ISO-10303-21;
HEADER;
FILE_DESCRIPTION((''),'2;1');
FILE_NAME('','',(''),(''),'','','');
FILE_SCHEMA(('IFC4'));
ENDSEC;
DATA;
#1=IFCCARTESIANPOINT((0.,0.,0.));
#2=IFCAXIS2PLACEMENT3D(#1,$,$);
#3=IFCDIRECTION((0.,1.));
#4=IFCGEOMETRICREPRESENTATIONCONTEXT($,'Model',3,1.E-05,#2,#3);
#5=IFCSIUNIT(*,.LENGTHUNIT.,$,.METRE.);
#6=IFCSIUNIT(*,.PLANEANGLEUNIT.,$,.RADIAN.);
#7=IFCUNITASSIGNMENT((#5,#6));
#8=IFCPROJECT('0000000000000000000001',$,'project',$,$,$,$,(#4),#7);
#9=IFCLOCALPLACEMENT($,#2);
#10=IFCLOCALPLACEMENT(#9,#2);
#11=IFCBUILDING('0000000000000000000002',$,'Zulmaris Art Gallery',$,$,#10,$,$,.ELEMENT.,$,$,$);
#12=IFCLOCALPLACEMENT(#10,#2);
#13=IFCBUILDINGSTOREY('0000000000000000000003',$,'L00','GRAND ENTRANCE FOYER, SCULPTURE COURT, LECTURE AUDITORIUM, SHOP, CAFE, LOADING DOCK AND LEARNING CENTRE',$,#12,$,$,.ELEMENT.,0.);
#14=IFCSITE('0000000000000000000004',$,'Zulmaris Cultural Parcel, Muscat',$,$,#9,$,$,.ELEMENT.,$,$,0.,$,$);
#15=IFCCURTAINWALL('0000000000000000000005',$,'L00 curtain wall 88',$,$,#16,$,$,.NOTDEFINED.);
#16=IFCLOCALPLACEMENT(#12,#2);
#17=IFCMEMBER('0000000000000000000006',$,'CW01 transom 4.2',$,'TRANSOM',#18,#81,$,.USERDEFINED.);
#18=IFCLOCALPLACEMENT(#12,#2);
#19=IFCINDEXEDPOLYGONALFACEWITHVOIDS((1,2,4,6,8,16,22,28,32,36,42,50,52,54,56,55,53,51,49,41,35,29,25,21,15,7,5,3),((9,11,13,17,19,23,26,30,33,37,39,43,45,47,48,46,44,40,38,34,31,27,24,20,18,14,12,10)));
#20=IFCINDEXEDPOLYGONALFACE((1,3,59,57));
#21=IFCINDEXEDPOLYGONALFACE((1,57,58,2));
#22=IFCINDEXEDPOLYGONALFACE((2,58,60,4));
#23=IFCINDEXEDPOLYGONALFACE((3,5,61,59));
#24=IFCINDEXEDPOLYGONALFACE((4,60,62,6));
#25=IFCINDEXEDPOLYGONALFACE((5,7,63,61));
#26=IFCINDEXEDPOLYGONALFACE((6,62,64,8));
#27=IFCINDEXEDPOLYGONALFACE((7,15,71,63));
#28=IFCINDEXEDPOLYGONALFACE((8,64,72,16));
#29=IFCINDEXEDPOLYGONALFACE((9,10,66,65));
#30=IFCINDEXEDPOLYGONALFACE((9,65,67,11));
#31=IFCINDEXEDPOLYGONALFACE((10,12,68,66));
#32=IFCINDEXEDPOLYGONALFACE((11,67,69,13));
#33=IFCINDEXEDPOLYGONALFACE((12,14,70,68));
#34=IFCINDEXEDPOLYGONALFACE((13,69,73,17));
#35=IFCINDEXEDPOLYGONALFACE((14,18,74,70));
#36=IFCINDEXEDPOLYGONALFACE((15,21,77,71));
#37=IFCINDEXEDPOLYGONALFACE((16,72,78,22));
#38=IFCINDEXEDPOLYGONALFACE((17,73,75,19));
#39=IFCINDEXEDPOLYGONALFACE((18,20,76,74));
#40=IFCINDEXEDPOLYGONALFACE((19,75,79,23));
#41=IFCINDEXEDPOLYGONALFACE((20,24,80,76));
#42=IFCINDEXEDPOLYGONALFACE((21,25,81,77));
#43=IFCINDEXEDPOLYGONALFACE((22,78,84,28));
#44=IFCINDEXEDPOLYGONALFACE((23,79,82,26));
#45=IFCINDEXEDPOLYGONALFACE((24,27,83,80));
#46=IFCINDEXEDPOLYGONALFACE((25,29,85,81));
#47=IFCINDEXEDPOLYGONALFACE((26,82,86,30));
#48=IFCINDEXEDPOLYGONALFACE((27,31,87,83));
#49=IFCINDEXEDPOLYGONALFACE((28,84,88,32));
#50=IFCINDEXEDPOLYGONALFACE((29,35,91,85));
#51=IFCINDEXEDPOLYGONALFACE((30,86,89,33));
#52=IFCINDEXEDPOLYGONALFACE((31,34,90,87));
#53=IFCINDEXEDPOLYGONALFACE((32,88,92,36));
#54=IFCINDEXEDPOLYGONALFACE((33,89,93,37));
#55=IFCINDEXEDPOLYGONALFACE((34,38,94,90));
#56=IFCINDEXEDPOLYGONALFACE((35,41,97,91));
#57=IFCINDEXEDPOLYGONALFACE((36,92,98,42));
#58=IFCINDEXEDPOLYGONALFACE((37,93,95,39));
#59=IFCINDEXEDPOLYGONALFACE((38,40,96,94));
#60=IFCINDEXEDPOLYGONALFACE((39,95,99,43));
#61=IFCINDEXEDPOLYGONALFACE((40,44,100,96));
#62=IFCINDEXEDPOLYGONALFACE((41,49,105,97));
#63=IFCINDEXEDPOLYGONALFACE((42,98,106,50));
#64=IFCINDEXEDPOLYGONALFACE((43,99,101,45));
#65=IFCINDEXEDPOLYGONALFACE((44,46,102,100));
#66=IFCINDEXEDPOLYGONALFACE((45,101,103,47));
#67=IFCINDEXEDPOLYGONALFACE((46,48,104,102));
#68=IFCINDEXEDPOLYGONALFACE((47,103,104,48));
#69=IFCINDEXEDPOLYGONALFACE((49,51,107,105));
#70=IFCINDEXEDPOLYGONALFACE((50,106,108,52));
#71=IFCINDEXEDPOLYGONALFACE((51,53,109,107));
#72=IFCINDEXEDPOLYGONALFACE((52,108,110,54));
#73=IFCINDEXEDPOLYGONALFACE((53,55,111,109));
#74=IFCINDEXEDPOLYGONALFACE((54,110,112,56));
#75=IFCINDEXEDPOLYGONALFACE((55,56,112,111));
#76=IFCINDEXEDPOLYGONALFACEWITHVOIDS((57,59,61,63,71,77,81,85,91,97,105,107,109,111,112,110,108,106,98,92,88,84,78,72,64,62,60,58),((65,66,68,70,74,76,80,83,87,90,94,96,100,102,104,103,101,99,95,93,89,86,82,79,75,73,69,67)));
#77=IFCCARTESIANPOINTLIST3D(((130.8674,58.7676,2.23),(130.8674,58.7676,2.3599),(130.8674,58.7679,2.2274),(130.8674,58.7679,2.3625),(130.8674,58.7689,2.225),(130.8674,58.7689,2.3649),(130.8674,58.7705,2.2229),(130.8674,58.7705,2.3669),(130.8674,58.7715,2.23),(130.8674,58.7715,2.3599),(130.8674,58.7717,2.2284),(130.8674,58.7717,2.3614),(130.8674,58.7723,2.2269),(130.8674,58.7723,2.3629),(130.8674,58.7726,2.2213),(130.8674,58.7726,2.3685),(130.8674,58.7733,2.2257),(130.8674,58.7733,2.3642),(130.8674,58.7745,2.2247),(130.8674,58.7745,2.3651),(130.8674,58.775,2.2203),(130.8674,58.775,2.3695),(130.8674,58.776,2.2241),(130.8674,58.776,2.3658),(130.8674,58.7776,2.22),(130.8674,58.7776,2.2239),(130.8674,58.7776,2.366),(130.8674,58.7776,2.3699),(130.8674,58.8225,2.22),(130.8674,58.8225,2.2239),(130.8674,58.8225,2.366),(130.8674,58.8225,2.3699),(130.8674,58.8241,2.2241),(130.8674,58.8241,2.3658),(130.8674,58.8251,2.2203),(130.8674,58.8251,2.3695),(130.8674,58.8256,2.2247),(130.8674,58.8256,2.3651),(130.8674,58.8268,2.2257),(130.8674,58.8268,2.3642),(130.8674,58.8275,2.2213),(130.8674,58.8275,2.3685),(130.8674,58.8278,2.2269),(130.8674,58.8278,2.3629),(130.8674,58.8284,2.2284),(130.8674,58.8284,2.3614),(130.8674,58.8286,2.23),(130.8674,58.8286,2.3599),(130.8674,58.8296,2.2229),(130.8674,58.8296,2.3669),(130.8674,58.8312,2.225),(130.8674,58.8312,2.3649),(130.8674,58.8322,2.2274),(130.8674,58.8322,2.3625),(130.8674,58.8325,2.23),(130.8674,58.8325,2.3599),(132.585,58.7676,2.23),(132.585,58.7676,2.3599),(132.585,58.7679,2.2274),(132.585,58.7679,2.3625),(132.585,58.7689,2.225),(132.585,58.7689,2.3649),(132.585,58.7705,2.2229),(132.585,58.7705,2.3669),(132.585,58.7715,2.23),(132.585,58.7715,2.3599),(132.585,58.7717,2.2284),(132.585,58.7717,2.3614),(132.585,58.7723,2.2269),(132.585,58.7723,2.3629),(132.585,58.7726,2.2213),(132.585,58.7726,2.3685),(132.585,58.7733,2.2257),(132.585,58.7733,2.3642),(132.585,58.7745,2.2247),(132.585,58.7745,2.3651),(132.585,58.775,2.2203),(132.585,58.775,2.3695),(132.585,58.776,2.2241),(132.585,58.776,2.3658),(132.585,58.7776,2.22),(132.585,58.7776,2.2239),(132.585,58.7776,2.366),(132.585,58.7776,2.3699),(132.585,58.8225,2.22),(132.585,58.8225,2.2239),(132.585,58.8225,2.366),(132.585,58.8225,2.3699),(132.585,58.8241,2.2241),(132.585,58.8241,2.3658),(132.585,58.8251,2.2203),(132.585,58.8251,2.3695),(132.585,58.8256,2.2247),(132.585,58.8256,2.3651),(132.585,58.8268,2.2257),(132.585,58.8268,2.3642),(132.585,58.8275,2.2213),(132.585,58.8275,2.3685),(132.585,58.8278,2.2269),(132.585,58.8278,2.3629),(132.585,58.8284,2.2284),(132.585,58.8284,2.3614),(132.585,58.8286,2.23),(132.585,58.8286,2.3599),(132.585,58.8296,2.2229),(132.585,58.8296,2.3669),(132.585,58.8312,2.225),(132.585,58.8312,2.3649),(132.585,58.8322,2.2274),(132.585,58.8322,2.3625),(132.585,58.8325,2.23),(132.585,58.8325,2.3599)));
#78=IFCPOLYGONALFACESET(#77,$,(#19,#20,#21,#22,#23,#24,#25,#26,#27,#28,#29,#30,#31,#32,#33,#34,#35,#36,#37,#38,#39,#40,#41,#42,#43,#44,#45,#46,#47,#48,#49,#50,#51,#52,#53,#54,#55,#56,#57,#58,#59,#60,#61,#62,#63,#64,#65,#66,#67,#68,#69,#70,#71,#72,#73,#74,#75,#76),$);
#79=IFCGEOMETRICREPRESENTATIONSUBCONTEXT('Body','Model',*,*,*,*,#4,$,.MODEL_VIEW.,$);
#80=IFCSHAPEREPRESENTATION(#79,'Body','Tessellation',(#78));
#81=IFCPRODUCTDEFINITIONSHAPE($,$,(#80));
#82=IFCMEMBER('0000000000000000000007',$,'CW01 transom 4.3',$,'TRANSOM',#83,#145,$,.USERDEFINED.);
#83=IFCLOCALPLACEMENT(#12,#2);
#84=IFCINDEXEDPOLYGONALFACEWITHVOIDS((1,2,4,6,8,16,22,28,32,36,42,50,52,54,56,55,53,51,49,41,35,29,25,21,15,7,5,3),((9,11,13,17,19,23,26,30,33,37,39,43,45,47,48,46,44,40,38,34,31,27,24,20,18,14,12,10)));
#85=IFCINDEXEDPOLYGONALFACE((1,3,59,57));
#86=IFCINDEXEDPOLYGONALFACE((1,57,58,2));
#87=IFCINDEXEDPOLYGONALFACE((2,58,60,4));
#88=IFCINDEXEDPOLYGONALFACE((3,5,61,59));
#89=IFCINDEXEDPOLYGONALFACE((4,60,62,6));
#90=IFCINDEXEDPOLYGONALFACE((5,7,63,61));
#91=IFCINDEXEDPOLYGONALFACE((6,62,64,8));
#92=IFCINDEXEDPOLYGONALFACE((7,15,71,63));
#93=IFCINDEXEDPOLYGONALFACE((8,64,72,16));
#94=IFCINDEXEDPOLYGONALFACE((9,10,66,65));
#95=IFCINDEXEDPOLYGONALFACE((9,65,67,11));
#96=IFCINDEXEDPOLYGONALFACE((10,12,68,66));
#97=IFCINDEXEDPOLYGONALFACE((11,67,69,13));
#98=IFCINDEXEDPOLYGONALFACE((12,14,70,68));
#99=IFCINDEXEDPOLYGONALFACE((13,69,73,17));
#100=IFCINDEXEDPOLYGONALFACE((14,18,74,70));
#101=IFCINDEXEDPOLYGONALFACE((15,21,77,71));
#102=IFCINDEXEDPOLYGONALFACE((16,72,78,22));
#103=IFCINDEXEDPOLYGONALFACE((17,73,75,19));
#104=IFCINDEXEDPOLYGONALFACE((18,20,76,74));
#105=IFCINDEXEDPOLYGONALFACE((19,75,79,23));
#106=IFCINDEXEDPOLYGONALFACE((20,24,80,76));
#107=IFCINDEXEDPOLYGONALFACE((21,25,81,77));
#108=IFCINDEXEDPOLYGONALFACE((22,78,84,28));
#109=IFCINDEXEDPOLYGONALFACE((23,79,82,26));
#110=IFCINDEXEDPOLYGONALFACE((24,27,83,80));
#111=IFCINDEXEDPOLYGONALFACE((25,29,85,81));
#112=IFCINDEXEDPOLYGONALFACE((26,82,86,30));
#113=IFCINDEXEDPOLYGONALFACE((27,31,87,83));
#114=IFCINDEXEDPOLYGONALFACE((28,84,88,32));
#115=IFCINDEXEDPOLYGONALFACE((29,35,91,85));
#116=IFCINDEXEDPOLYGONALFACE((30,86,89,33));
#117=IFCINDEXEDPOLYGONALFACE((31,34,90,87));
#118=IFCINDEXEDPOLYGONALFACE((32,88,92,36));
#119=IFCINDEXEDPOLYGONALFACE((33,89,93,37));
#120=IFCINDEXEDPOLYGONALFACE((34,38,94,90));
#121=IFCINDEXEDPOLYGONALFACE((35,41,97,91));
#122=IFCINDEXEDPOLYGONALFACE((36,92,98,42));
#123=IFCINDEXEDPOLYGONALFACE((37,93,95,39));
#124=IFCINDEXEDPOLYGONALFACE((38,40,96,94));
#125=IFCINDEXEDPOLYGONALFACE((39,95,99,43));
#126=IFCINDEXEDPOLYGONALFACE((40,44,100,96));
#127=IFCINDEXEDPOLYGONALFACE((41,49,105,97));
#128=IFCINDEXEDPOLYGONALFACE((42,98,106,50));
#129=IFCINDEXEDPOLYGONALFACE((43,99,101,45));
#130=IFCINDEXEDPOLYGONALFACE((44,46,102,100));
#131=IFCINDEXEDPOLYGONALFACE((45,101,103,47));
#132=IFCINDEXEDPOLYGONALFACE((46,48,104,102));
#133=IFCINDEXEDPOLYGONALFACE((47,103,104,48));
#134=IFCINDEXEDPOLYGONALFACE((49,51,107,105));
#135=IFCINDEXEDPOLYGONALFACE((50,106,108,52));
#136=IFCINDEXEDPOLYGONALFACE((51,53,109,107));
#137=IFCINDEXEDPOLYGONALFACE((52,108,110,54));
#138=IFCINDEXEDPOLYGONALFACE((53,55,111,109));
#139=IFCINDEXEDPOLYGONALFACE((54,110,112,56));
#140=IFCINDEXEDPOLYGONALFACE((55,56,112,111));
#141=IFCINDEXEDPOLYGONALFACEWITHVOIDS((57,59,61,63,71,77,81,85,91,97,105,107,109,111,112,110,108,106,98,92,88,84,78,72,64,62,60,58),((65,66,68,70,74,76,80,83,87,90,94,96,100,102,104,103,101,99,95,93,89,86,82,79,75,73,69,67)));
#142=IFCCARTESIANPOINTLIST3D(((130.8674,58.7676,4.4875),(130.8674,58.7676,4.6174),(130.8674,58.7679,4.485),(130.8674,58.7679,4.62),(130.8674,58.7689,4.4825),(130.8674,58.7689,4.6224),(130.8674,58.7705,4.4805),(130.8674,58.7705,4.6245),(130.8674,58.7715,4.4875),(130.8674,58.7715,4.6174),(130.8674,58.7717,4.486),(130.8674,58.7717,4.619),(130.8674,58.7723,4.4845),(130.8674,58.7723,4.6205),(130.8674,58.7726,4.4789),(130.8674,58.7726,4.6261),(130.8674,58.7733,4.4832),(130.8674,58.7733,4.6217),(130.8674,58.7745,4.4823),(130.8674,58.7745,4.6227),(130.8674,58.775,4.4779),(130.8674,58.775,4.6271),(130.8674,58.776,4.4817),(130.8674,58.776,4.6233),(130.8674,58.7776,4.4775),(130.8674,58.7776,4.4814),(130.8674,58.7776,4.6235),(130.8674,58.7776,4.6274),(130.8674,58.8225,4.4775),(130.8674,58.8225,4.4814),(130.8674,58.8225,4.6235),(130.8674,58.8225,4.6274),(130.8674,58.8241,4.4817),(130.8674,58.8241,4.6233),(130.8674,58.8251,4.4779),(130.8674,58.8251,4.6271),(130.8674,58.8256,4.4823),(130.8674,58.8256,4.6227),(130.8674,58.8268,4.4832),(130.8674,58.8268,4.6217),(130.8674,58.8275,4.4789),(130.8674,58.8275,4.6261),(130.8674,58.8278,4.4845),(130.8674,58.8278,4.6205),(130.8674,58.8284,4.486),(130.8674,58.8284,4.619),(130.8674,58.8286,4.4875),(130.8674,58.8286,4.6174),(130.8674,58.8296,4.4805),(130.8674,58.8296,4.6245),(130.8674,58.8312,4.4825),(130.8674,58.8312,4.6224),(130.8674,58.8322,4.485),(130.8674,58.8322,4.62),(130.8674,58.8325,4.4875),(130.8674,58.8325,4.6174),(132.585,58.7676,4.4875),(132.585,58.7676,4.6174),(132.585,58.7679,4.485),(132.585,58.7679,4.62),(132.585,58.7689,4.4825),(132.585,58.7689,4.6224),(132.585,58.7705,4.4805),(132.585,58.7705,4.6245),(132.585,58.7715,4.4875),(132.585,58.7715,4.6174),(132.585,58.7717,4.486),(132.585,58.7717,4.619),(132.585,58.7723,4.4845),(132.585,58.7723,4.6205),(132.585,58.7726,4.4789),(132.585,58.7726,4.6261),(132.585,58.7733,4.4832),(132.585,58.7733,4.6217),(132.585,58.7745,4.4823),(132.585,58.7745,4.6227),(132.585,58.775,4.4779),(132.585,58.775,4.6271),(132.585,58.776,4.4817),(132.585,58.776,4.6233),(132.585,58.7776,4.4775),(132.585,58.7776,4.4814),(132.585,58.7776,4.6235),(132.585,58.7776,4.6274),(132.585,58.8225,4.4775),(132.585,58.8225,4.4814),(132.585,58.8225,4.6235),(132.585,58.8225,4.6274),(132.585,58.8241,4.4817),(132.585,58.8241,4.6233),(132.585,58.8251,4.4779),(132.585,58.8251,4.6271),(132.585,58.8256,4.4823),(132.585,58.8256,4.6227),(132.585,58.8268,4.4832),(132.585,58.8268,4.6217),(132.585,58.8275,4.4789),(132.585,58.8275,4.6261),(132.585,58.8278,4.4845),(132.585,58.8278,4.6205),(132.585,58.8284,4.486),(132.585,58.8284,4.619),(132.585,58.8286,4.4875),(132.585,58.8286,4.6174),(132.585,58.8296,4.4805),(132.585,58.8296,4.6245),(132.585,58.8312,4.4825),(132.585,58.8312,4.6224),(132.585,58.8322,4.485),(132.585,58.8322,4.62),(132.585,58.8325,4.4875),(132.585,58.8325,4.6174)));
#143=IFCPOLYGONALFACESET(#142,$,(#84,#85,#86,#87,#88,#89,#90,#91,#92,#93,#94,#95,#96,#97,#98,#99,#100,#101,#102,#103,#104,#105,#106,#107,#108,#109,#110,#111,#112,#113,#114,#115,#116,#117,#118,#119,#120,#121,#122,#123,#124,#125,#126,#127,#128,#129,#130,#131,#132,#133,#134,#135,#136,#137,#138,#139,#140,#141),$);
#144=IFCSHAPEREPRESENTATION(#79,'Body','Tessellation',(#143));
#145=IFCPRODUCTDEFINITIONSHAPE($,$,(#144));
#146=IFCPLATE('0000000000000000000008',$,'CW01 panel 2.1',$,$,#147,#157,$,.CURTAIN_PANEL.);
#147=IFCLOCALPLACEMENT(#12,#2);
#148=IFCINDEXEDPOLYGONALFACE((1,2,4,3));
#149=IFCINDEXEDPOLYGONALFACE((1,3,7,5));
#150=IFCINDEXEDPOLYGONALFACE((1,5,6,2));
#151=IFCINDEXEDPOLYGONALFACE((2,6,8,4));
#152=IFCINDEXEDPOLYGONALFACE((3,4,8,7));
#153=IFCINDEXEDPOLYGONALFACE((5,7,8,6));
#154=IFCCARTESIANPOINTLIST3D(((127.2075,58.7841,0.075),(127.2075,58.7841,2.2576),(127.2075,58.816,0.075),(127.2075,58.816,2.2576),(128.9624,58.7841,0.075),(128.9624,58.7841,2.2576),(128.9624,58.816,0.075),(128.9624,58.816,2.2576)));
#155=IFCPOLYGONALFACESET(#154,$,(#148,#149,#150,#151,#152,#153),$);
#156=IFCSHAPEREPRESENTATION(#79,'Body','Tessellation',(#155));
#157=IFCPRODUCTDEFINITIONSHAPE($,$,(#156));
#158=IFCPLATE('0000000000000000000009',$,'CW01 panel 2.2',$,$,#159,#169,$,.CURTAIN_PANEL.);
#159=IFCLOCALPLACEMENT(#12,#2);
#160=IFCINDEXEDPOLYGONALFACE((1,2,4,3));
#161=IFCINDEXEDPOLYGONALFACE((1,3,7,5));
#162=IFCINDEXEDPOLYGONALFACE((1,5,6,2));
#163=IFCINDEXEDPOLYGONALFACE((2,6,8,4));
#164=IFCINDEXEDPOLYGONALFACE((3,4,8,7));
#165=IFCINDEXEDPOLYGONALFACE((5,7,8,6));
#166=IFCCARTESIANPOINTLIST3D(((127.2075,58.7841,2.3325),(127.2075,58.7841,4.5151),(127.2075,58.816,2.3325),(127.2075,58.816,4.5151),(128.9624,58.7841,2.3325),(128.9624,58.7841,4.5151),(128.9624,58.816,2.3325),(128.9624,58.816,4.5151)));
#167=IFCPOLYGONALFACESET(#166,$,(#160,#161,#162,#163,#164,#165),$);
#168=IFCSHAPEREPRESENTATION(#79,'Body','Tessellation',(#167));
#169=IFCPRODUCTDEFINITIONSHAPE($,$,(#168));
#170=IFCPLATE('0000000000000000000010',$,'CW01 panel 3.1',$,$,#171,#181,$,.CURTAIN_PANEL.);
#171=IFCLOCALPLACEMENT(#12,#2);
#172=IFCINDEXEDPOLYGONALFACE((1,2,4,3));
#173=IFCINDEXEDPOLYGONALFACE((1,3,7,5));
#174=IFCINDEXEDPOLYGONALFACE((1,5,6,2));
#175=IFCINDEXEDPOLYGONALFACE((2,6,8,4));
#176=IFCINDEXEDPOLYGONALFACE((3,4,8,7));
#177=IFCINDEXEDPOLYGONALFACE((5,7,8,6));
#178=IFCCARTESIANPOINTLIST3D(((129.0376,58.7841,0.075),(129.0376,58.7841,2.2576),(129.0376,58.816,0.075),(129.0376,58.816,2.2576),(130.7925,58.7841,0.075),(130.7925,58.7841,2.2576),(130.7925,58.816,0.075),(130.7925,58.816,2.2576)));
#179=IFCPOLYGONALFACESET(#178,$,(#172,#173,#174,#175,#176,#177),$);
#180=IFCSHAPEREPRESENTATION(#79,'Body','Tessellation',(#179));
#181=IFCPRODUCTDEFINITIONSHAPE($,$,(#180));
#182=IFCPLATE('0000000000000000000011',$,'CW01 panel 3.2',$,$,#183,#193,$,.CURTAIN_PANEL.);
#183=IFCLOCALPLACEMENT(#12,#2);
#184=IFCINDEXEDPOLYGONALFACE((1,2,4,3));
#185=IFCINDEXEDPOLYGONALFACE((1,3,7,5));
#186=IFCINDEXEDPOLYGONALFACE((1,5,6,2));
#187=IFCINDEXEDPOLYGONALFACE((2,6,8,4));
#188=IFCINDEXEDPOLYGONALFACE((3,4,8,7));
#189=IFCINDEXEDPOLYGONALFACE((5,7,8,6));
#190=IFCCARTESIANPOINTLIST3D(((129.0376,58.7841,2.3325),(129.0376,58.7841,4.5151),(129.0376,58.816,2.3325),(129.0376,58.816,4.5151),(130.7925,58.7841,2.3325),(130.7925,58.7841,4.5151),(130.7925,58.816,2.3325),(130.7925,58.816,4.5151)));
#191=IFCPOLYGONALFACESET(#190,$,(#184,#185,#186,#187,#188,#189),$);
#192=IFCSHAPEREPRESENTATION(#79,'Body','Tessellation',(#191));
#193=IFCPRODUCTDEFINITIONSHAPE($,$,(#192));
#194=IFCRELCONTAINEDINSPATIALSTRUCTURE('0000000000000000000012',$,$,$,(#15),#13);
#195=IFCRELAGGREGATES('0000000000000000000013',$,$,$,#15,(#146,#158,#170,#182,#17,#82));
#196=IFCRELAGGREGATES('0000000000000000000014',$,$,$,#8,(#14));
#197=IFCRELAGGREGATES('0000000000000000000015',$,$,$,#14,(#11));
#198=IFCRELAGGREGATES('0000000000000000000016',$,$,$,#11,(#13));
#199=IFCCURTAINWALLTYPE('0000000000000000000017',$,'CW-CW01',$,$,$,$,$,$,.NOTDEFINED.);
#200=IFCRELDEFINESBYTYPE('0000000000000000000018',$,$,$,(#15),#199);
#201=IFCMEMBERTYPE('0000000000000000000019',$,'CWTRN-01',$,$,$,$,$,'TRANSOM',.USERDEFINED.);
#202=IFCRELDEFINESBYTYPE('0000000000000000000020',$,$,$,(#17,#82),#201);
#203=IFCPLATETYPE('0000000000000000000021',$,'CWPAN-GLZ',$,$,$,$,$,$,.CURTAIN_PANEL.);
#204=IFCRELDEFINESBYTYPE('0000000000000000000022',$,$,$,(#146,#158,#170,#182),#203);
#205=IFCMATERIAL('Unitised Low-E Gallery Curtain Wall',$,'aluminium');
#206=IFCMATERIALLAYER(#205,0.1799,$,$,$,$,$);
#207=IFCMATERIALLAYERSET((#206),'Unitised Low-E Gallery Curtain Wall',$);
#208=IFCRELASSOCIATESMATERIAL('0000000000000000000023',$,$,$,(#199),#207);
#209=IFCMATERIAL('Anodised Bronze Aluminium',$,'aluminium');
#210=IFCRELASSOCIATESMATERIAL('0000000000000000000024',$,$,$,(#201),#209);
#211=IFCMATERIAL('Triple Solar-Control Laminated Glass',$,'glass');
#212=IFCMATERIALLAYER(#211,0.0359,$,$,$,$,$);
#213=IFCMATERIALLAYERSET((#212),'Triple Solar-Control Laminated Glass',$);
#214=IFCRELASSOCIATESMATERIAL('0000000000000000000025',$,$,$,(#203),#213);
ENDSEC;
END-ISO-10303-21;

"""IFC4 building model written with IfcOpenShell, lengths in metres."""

from ifc_helpers import new_model, si_unit, direction, frame, origin, origin_2d, place, context, subcontext, project, spatial, rectangle, hollow_rectangle, extrude, material, layer, layer_set, material_profile, profile_set, type_object, element, aggregate, save


model = new_model("IFC4")

# Units and contexts
model_context = context("Model", 3, precision=1e-05, world=origin(), true_north=direction((0.0, 1.0)))
body_context = subcontext(model_context, "Body", "Model", "MODEL_VIEW")
ifc_project = project(units=[si_unit("LENGTHUNIT", "METRE"), si_unit("PLANEANGLEUNIT", "RADIAN")], contexts=[model_context])

# Site, building, storey
site_placement = place(None, origin())
site = spatial("IfcSite", under=ifc_project, at=site_placement, Name="Zulmaris Cultural Parcel, Muscat", CompositionType="ELEMENT", RefElevation=0.0)
building_placement = place(site_placement, origin())
building = spatial("IfcBuilding", under=site, at=building_placement, Name="Zulmaris Art Gallery", CompositionType="ELEMENT")
storey_placement = place(building_placement, origin())
storey = spatial("IfcBuildingStorey", under=building, at=storey_placement, Name="L00", Description="GRAND ENTRANCE FOYER, SCULPTURE COURT, LECTURE AUDITORIUM, SHOP, CAFE, LOADING DOCK AND LEARNING CENTRE", CompositionType="ELEMENT", Elevation=0.0)

# Curtain wall, members, plates
ifc_material_1 = material(Name="Unitised Low-E Gallery Curtain Wall", Category="aluminium")
ifc_layer_1 = layer(ifc_material_1, 0.1799)
ifc_layer_set_1 = layer_set([ifc_layer_1], Name="Unitised Low-E Gallery Curtain Wall")
curtain_wall_type = type_object("IfcCurtainWallType", Name="CW-CW01", PredefinedType="NOTDEFINED", material=ifc_layer_set_1)
curtain_wall_placement = place(storey_placement, origin())
curtain_wall = element("IfcCurtainWall", 1, at=curtain_wall_placement, inside=storey, type_object=curtain_wall_type, Name="L00 curtain wall 88", PredefinedType="NOTDEFINED")
ifc_material_2 = material(Name="Anodised Bronze Aluminium", Category="aluminium")
ifc_material_profile_1 = material_profile(ifc_material_2, hollow_rectangle(XDim=0.0649, YDim=0.1499, WallThickness=0.0039, InnerFilletRadius=0.0061, OuterFilletRadius=0.01, at=origin_2d()), Name="ALU 65x150x4")
ifc_profile_set_1 = profile_set([ifc_material_profile_1], Name="Anodised Bronze Aluminium")
member_type_1 = type_object("IfcMemberType", Name="CWTRN-01", ElementType="TRANSOM", PredefinedType="USERDEFINED", material=ifc_profile_set_1)
member_1_placement = place(storey_placement, frame((130.8674, 58.8, 2.2949), z_axis=(1.0, 0.0, 0.0), x_axis=(0.0, 1.0, 0.0)))
member_1 = element("IfcMember", 2, at=member_1_placement, type_object=member_type_1, Name="CW01 transom 4.2", ObjectType="TRANSOM", PredefinedType="USERDEFINED", context=body_context, shape_type="SweptSolid", body=[
    extrude(hollow_rectangle(XDim=0.0649, YDim=0.1499, WallThickness=0.0039, InnerFilletRadius=0.0061, OuterFilletRadius=0.01, at=origin_2d()), origin(), (0.0, 0.0, 1.0), 1.7175),
])
member_2_placement = place(storey_placement, frame((130.8674, 58.8, 4.5525), z_axis=(1.0, 0.0, 0.0), x_axis=(0.0, 1.0, 0.0)))
member_2 = element("IfcMember", 3, at=member_2_placement, type_object=member_type_1, Name="CW01 transom 4.3", ObjectType="TRANSOM", PredefinedType="USERDEFINED", context=body_context, shape_type="SweptSolid", body=[
    extrude(hollow_rectangle(XDim=0.0649, YDim=0.1499, WallThickness=0.0039, InnerFilletRadius=0.0061, OuterFilletRadius=0.01, at=origin_2d()), origin(), (0.0, 0.0, 1.0), 1.7175),
])
ifc_material_3 = material(Name="Triple Solar-Control Laminated Glass", Category="glass")
ifc_layer_2 = layer(ifc_material_3, 0.0359)
ifc_layer_set_2 = layer_set([ifc_layer_2], Name="Triple Solar-Control Laminated Glass")
plate_type = type_object("IfcPlateType", Name="CWPAN-GLZ", PredefinedType="CURTAIN_PANEL", material=ifc_layer_set_2)
plate_1_placement = place(storey_placement, frame((128.085, 58.8, 0.075), z_axis=(0.0, 0.0, 1.0), x_axis=(1.0, 0.0, 0.0)))
plate_1 = element("IfcPlate", 4, at=plate_1_placement, type_object=plate_type, Name="CW01 panel 2.1", PredefinedType="CURTAIN_PANEL", context=body_context, shape_type="SweptSolid", body=[
    extrude(rectangle(XDim=1.7549, YDim=0.032, at=origin_2d()), origin(), (0.0, 0.0, 1.0), 2.1826),
])
plate_2_placement = place(storey_placement, frame((128.085, 58.8, 2.3325), z_axis=(0.0, 0.0, 1.0), x_axis=(1.0, 0.0, 0.0)))
plate_2 = element("IfcPlate", 5, at=plate_2_placement, type_object=plate_type, Name="CW01 panel 2.2", PredefinedType="CURTAIN_PANEL", context=body_context, shape_type="SweptSolid", body=[
    extrude(rectangle(XDim=1.7549, YDim=0.032, at=origin_2d()), origin(), (0.0, 0.0, 1.0), 2.1826),
])
plate_3_placement = place(storey_placement, frame((129.915, 58.8, 0.075), z_axis=(0.0, 0.0, 1.0), x_axis=(1.0, 0.0, 0.0)))
plate_3 = element("IfcPlate", 6, at=plate_3_placement, type_object=plate_type, Name="CW01 panel 3.1", PredefinedType="CURTAIN_PANEL", context=body_context, shape_type="SweptSolid", body=[
    extrude(rectangle(XDim=1.7549, YDim=0.032, at=origin_2d()), origin(), (0.0, 0.0, 1.0), 2.1826),
])
plate_4_placement = place(storey_placement, frame((129.915, 58.8, 2.3325), z_axis=(0.0, 0.0, 1.0), x_axis=(1.0, 0.0, 0.0)))
plate_4 = element("IfcPlate", 7, at=plate_4_placement, type_object=plate_type, Name="CW01 panel 3.2", PredefinedType="CURTAIN_PANEL", context=body_context, shape_type="SweptSolid", body=[
    extrude(rectangle(XDim=1.7549, YDim=0.032, at=origin_2d()), origin(), (0.0, 0.0, 1.0), 2.1826),
])
aggregate(curtain_wall, [plate_1, plate_2, plate_3, plate_4, member_1, member_2])

save(model, "model.ifc")
